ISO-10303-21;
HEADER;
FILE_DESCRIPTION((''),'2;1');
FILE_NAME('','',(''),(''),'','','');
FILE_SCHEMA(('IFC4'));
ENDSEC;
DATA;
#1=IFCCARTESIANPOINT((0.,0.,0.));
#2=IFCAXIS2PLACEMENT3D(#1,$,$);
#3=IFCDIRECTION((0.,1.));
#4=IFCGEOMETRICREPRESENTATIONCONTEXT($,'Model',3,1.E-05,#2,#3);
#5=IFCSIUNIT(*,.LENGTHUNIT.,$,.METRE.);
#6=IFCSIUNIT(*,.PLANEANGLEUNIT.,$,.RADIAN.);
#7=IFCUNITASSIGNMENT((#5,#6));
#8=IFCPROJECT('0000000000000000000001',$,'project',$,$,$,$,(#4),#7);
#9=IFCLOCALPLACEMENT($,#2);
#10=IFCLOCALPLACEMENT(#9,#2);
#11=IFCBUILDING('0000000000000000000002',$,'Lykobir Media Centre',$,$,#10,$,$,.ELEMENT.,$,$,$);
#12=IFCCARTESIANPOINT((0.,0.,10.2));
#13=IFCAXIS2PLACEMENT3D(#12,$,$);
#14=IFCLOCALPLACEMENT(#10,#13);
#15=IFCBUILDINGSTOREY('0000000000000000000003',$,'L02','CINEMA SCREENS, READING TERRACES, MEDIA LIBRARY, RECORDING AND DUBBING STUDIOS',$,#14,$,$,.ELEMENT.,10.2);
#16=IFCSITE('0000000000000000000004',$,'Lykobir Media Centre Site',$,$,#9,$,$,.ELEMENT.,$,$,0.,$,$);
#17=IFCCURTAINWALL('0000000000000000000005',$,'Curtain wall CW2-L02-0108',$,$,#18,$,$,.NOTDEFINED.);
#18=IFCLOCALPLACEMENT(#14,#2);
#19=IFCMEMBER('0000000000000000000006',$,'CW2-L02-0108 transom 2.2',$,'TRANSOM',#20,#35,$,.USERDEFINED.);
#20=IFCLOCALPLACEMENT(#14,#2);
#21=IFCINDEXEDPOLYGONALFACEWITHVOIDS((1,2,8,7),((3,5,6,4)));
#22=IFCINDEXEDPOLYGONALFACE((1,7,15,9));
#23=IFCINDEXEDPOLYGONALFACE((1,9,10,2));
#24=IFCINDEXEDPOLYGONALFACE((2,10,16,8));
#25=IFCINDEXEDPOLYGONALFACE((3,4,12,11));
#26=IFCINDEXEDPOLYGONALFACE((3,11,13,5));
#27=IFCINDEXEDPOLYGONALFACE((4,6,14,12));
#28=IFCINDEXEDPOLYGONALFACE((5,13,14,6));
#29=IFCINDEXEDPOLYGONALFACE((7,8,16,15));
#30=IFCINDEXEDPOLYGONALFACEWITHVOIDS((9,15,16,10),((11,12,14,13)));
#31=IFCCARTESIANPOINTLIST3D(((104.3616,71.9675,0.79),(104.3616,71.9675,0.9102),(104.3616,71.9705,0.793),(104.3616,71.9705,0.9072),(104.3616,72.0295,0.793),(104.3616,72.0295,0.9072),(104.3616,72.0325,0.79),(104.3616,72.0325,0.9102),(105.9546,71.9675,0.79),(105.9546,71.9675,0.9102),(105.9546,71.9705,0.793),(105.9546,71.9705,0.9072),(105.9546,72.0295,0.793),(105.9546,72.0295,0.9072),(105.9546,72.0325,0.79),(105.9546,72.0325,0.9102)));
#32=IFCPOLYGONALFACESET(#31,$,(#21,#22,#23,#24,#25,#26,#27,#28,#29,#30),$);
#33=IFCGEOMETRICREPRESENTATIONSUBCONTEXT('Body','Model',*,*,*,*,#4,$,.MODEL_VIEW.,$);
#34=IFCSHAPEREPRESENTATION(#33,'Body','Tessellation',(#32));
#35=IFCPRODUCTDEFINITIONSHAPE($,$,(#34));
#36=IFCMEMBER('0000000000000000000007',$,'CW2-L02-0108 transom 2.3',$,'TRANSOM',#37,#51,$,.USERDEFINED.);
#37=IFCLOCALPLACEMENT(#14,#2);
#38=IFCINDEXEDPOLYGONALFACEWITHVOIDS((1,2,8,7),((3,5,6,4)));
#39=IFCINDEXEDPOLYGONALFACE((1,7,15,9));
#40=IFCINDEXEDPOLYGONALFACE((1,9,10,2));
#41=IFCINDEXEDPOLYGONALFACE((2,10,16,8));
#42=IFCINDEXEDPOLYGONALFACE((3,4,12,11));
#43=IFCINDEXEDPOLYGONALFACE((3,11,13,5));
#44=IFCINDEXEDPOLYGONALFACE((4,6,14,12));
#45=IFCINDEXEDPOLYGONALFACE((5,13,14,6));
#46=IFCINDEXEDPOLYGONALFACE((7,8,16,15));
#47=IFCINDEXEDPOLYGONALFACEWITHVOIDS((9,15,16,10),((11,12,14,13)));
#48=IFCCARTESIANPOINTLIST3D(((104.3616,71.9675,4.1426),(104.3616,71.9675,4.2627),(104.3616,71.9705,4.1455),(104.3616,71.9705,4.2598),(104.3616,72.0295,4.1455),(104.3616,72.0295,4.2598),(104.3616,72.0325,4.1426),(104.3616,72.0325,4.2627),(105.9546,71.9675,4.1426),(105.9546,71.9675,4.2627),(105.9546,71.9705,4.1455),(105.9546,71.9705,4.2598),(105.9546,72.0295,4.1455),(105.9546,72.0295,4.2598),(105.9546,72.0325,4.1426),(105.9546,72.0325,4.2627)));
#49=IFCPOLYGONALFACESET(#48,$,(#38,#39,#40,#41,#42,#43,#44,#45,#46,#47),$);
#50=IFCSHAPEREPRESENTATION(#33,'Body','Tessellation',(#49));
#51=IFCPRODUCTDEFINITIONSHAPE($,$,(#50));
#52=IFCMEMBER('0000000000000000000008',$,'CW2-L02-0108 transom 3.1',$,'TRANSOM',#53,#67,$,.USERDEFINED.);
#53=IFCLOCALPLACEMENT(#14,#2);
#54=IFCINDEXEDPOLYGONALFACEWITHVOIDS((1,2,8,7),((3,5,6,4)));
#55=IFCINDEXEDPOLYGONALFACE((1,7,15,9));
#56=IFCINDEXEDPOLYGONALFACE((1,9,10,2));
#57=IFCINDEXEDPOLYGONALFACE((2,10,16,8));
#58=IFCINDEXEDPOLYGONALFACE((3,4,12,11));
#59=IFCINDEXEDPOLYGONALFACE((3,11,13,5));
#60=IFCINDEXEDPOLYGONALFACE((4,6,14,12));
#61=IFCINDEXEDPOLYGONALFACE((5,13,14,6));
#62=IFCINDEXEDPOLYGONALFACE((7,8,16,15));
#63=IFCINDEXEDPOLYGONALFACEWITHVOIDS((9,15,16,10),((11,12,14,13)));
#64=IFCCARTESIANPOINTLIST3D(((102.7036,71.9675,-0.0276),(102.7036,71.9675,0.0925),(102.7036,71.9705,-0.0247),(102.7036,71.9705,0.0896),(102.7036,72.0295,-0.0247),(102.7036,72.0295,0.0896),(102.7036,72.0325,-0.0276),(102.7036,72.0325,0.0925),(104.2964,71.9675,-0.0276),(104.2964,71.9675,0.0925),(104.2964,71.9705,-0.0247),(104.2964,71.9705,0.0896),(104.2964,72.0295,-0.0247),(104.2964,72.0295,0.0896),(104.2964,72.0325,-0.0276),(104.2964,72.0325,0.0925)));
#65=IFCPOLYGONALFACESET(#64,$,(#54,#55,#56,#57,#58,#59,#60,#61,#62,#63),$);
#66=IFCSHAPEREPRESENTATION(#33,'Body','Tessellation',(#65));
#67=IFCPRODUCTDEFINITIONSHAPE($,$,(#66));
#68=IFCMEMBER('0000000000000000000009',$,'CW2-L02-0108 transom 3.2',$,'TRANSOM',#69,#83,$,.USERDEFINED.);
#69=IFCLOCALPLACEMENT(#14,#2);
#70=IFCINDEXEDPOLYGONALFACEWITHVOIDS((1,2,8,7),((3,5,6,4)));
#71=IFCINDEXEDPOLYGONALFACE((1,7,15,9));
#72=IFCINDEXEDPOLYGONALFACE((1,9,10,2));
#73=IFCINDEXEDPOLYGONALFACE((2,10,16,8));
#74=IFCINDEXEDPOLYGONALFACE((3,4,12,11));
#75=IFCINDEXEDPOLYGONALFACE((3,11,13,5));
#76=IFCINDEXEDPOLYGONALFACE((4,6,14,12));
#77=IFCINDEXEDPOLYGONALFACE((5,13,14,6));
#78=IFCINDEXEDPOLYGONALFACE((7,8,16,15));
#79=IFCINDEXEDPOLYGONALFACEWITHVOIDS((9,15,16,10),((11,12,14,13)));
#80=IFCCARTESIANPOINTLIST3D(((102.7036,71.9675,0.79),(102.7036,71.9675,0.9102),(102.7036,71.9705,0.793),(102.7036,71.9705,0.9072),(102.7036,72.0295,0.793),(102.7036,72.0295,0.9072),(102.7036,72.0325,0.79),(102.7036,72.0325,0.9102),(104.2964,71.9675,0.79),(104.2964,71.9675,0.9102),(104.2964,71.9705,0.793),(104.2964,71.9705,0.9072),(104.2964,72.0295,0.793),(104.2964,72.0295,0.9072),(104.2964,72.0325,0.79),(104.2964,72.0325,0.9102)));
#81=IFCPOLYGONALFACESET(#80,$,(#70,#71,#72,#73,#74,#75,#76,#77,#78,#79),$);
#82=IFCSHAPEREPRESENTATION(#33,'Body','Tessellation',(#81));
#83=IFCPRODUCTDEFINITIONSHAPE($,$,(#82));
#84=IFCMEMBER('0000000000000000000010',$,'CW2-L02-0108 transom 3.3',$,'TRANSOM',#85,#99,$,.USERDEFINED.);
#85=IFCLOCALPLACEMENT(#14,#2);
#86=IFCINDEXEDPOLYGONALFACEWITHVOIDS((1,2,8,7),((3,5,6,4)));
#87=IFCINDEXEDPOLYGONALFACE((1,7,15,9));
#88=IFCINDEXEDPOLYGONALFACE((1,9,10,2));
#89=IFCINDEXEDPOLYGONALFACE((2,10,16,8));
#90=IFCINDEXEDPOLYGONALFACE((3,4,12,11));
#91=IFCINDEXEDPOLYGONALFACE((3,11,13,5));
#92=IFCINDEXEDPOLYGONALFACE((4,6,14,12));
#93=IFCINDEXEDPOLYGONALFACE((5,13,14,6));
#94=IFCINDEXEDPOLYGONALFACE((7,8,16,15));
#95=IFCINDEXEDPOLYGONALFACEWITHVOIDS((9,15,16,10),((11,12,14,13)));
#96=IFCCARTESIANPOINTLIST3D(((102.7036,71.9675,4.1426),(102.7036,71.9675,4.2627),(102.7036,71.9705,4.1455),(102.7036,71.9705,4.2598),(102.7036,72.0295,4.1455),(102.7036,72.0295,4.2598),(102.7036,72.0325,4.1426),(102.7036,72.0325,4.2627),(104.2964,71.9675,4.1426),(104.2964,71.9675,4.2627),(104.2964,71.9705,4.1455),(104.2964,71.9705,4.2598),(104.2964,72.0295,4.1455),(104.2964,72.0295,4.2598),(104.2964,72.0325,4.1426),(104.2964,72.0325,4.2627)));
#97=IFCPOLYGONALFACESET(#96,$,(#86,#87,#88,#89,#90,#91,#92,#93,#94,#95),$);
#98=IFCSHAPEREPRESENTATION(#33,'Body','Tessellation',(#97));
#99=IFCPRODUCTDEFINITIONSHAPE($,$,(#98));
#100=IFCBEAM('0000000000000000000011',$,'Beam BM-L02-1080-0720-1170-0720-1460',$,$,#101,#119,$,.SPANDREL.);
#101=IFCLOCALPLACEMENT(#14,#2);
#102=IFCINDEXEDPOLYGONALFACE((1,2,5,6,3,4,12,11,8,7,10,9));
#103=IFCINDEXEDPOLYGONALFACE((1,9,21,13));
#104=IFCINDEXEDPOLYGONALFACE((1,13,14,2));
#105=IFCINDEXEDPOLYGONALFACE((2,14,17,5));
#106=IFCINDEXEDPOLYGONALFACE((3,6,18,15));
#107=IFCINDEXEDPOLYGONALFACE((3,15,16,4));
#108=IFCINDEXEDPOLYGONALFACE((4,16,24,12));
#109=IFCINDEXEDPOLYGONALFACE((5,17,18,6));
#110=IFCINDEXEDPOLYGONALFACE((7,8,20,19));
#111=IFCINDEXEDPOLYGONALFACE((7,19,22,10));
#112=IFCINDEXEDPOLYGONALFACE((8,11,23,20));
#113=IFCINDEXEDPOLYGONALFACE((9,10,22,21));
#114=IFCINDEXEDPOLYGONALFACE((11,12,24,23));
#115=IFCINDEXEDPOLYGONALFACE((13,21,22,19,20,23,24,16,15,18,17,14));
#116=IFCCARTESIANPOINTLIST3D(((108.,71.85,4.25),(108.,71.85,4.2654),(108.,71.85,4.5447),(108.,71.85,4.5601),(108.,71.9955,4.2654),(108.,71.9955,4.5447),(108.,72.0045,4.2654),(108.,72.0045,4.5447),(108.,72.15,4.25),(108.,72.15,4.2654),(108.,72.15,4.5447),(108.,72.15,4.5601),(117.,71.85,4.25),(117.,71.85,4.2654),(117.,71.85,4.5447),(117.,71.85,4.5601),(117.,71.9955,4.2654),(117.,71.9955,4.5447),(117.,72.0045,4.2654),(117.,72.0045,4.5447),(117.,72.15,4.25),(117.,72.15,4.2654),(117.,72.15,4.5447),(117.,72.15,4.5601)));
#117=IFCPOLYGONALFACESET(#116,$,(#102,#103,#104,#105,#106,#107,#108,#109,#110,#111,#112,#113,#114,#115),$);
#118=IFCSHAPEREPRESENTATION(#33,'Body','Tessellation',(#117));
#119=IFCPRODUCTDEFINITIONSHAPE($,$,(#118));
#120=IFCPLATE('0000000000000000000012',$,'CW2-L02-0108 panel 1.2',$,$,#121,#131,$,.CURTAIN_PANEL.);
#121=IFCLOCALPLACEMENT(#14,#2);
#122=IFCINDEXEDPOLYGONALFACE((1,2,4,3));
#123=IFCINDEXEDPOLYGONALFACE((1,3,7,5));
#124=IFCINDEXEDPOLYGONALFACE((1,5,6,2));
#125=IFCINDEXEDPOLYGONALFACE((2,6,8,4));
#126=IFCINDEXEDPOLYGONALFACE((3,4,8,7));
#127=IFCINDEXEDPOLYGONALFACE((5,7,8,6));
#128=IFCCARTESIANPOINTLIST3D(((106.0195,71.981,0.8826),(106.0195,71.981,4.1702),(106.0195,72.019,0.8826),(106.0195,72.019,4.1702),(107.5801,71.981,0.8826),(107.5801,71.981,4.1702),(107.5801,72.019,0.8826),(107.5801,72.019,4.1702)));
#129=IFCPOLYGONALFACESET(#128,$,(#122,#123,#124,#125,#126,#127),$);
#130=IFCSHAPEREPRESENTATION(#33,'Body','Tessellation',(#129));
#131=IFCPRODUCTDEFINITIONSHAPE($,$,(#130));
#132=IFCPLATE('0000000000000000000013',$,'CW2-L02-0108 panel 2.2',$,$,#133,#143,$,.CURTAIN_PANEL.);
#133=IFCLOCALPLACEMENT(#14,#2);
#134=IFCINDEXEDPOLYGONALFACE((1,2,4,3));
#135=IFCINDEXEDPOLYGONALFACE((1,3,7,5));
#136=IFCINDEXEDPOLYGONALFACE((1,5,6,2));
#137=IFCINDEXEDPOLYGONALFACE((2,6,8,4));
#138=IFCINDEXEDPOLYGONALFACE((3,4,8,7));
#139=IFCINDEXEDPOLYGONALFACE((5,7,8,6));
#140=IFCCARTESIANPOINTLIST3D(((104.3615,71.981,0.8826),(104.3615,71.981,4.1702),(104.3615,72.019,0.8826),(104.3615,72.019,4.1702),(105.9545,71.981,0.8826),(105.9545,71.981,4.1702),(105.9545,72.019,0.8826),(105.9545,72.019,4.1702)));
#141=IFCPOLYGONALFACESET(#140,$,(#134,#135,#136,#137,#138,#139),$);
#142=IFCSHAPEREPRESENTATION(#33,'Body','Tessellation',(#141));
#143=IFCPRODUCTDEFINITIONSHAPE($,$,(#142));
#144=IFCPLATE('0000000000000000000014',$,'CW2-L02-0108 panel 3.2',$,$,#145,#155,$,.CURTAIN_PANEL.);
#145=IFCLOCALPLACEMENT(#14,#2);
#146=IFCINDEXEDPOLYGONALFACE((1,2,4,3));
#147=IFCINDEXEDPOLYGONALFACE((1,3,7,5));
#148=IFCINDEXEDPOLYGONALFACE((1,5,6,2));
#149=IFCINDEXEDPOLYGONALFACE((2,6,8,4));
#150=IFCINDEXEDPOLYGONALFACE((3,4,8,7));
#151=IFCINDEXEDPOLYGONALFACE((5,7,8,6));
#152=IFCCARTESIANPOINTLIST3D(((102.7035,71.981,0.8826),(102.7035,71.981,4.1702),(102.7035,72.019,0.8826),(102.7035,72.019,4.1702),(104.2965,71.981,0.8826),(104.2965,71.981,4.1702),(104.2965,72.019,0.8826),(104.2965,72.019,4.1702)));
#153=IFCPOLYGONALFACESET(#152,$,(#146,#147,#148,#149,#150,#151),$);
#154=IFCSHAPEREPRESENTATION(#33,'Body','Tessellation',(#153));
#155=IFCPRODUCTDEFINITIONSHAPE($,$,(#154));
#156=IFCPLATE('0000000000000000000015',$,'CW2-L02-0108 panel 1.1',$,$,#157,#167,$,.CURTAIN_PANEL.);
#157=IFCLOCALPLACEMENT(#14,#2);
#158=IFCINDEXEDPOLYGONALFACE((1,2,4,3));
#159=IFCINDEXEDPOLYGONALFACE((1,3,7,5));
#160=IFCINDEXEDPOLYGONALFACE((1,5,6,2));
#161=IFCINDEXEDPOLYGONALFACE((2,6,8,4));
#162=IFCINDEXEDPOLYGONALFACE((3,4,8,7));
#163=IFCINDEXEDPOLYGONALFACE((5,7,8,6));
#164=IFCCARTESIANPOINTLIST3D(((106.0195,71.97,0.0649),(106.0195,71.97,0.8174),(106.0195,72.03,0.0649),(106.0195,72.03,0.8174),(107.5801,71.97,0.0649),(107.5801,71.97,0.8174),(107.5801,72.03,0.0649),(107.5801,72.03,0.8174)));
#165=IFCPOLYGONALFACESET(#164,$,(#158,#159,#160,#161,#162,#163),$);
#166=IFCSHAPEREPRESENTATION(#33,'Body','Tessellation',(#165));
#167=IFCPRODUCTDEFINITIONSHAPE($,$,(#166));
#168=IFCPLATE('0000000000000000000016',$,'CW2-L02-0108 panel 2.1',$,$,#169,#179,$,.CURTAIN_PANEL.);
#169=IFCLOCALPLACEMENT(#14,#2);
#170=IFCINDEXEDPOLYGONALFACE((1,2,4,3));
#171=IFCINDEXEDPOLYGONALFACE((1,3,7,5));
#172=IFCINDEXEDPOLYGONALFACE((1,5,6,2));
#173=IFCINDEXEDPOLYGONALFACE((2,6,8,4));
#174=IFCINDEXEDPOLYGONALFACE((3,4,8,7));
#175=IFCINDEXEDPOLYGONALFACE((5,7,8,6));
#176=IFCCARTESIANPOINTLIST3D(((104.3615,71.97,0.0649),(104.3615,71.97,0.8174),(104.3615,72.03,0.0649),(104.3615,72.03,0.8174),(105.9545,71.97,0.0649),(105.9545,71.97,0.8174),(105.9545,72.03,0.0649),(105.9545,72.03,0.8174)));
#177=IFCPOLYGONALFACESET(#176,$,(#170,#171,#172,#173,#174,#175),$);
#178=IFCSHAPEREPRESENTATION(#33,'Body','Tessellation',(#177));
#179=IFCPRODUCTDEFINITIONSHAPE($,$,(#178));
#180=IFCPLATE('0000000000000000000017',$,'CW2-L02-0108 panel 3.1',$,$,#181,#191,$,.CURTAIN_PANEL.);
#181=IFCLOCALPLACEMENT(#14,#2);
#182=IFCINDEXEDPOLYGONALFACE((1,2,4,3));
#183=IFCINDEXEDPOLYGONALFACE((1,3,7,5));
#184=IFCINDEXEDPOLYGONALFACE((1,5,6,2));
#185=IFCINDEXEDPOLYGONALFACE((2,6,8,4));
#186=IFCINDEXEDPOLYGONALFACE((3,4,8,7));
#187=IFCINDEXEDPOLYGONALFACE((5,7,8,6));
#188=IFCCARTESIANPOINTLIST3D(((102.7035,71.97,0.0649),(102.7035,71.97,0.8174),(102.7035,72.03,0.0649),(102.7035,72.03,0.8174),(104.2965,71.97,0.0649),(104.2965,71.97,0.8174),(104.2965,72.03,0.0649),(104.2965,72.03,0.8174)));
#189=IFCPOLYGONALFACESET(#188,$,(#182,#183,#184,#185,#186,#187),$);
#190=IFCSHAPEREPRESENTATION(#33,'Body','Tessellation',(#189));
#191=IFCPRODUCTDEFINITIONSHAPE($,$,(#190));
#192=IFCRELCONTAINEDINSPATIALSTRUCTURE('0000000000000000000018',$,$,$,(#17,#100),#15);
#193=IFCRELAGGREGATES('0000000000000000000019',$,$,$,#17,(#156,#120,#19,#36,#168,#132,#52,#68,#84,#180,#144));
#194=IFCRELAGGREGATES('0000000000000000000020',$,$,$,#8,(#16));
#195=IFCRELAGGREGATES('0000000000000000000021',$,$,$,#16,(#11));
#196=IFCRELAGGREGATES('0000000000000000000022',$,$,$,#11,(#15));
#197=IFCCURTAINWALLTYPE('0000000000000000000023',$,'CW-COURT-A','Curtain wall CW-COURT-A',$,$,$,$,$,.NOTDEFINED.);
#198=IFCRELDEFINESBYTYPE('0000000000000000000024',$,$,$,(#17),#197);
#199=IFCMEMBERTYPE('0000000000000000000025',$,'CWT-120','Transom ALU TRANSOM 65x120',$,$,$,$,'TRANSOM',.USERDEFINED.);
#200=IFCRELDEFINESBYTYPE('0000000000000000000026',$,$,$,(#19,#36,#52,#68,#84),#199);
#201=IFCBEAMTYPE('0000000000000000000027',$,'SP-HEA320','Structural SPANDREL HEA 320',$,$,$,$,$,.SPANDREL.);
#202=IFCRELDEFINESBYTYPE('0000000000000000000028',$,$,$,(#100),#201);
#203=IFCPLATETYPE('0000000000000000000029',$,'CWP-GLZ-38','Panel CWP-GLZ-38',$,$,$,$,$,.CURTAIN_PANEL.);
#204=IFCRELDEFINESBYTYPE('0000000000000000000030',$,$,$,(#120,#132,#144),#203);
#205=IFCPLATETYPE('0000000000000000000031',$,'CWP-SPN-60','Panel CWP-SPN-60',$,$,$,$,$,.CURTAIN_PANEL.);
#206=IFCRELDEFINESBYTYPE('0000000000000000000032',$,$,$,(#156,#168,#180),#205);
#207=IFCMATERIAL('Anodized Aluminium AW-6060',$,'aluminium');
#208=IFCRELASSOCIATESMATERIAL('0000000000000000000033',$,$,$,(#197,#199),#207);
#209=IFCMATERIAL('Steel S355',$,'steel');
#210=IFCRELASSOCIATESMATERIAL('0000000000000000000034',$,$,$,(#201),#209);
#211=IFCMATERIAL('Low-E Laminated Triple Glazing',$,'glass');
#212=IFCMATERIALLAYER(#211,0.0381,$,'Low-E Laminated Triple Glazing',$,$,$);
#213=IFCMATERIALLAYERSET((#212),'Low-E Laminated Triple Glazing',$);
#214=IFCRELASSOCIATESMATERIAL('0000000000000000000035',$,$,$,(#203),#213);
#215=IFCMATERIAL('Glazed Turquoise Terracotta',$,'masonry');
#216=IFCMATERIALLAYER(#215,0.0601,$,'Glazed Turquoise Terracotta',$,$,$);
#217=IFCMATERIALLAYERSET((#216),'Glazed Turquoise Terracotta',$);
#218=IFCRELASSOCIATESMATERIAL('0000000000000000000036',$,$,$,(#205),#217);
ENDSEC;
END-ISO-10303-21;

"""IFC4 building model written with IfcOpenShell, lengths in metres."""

from ifc_helpers import new_model, si_unit, direction, frame, origin, origin_2d, place, context, subcontext, project, spatial, rectangle, hollow_rectangle, i_section, extrude, material, layer, layer_set, material_profile, profile_set, type_object, element, aggregate, save


model = new_model("IFC4")

# Units and contexts
model_context = context("Model", 3, precision=1e-05, world=origin(), true_north=direction((0.0, 1.0)))
body_context = subcontext(model_context, "Body", "Model", "MODEL_VIEW")
ifc_project = project(units=[si_unit("LENGTHUNIT", "METRE"), si_unit("PLANEANGLEUNIT", "RADIAN")], contexts=[model_context])

# Site, building, storey
site_placement = place(None, origin())
site = spatial("IfcSite", under=ifc_project, at=site_placement, Name="Lykobir Media Centre Site", CompositionType="ELEMENT", RefElevation=0.0)
building_placement = place(site_placement, origin())
building = spatial("IfcBuilding", under=site, at=building_placement, Name="Lykobir Media Centre", CompositionType="ELEMENT")
storey_placement = place(building_placement, frame((0.0, 0.0, 10.2)))
storey = spatial("IfcBuildingStorey", under=building, at=storey_placement, Name="L02", Description="CINEMA SCREENS, READING TERRACES, MEDIA LIBRARY, RECORDING AND DUBBING STUDIOS", CompositionType="ELEMENT", Elevation=10.2)

# Shared definitions
ifc_material_1 = material(Name="Steel S355", Category="steel")

# Curtain wall, members
ifc_material_2 = material(Name="Anodized Aluminium AW-6060", Category="aluminium")
curtain_wall_type = type_object("IfcCurtainWallType", Name="CW-COURT-A", Description="Curtain wall CW-COURT-A", PredefinedType="NOTDEFINED", material=ifc_material_2)
curtain_wall_placement = place(storey_placement, origin())
curtain_wall = element("IfcCurtainWall", 1, at=curtain_wall_placement, inside=storey, type_object=curtain_wall_type, Name="Curtain wall CW2-L02-0108", PredefinedType="NOTDEFINED")
ifc_material_profile_1 = material_profile(ifc_material_2, hollow_rectangle(XDim=0.0649, YDim=0.1201, WallThickness=0.0029, at=origin_2d()), Name="ALU TRANSOM 65x120")
ifc_profile_set_1 = profile_set([ifc_material_profile_1], Name="Anodized Aluminium AW-6060")
member_type_1 = type_object("IfcMemberType", Name="CWT-120", Description="Transom ALU TRANSOM 65x120", ElementType="TRANSOM", PredefinedType="USERDEFINED", material=ifc_profile_set_1)
member_1_placement = place(storey_placement, frame((105.9546, 72.0, 0.8501), z_axis=(-1.0, 0.0, 0.0), x_axis=(0.0, -1.0, 0.0)))
member_1 = element("IfcMember", 2, at=member_1_placement, type_object=member_type_1, Name="CW2-L02-0108 transom 2.2", ObjectType="TRANSOM", PredefinedType="USERDEFINED", context=body_context, shape_type="SweptSolid", body=[
    extrude(hollow_rectangle(XDim=0.0649, YDim=0.1201, WallThickness=0.0029, at=origin_2d()), origin(), (0.0, 0.0, 1.0), 1.593),
])
member_2_placement = place(storey_placement, frame((105.9546, 72.0, 4.2026), z_axis=(-1.0, 0.0, 0.0), x_axis=(0.0, -1.0, 0.0)))
member_2 = element("IfcMember", 3, at=member_2_placement, type_object=member_type_1, Name="CW2-L02-0108 transom 2.3", ObjectType="TRANSOM", PredefinedType="USERDEFINED", context=body_context, shape_type="SweptSolid", body=[
    extrude(hollow_rectangle(XDim=0.0649, YDim=0.1201, WallThickness=0.0029, at=origin_2d()), origin(), (0.0, 0.0, 1.0), 1.593),
])
member_3_placement = place(storey_placement, frame((104.2964, 72.0, 0.0325), z_axis=(-1.0, 0.0, 0.0), x_axis=(0.0, -1.0, 0.0)))
member_3 = element("IfcMember", 4, at=member_3_placement, type_object=member_type_1, Name="CW2-L02-0108 transom 3.1", ObjectType="TRANSOM", PredefinedType="USERDEFINED", context=body_context, shape_type="SweptSolid", body=[
    extrude(hollow_rectangle(XDim=0.0649, YDim=0.1201, WallThickness=0.0029, at=origin_2d()), origin(), (0.0, 0.0, 1.0), 1.5928),
])
member_4_placement = place(storey_placement, frame((104.2964, 72.0, 0.8501), z_axis=(-1.0, 0.0, 0.0), x_axis=(0.0, -1.0, 0.0)))
member_4 = element("IfcMember", 5, at=member_4_placement, type_object=member_type_1, Name="CW2-L02-0108 transom 3.2", ObjectType="TRANSOM", PredefinedType="USERDEFINED", context=body_context, shape_type="SweptSolid", body=[
    extrude(hollow_rectangle(XDim=0.0649, YDim=0.1201, WallThickness=0.0029, at=origin_2d()), origin(), (0.0, 0.0, 1.0), 1.5928),
])
member_5_placement = place(storey_placement, frame((104.2964, 72.0, 4.2026), z_axis=(-1.0, 0.0, 0.0), x_axis=(0.0, -1.0, 0.0)))
member_5 = element("IfcMember", 6, at=member_5_placement, type_object=member_type_1, Name="CW2-L02-0108 transom 3.3", ObjectType="TRANSOM", PredefinedType="USERDEFINED", context=body_context, shape_type="SweptSolid", body=[
    extrude(hollow_rectangle(XDim=0.0649, YDim=0.1201, WallThickness=0.0029, at=origin_2d()), origin(), (0.0, 0.0, 1.0), 1.5928),
])

# Beam
ifc_material_profile_2 = material_profile(ifc_material_1, i_section(OverallWidth=0.3, OverallDepth=0.3101, WebThickness=0.009, FlangeThickness=0.0154, at=origin_2d()), Name="HEA 320")
ifc_profile_set_2 = profile_set([ifc_material_profile_2], Name="Steel S355")
beam_type_1 = type_object("IfcBeamType", Name="SP-HEA320", Description="Structural SPANDREL HEA 320", PredefinedType="SPANDREL", material=ifc_profile_set_2)
beam_1_placement = place(storey_placement, frame((108.0, 72.0, 4.405), z_axis=(1.0, 0.0, 0.0), x_axis=(0.0, 1.0, 0.0)))
element("IfcBeam", 7, at=beam_1_placement, inside=storey, type_object=beam_type_1, Name="Beam BM-L02-1080-0720-1170-0720-1460", PredefinedType="SPANDREL", context=body_context, shape_type="SweptSolid", body=[
    extrude(i_section(OverallWidth=0.3, OverallDepth=0.3101, WebThickness=0.009, FlangeThickness=0.0154, at=origin_2d()), origin(), (0.0, 0.0, 1.0), 9.0),
])

# Plates
ifc_material_3 = material(Name="Low-E Laminated Triple Glazing", Category="glass")
ifc_layer_1 = layer(ifc_material_3, 0.0381, Name="Low-E Laminated Triple Glazing")
ifc_layer_set_1 = layer_set([ifc_layer_1], Name="Low-E Laminated Triple Glazing")
plate_type_1 = type_object("IfcPlateType", Name="CWP-GLZ-38", Description="Panel CWP-GLZ-38", PredefinedType="CURTAIN_PANEL", material=ifc_layer_set_1)
plate_1_placement = place(storey_placement, frame((106.7998, 72.0, 0.8826), z_axis=(0.0, 0.0, 1.0), x_axis=(-1.0, 0.0, 0.0)))
plate_1 = element("IfcPlate", 8, at=plate_1_placement, type_object=plate_type_1, Name="CW2-L02-0108 panel 1.2", PredefinedType="CURTAIN_PANEL", context=body_context, shape_type="SweptSolid", body=[
    extrude(rectangle(XDim=1.5605, YDim=0.0381, at=origin_2d()), origin(), (0.0, 0.0, 1.0), 3.2876),
])
plate_2_placement = place(storey_placement, frame((105.158, 72.0, 0.8826), z_axis=(0.0, 0.0, 1.0), x_axis=(-1.0, 0.0, 0.0)))
plate_2 = element("IfcPlate", 9, at=plate_2_placement, type_object=plate_type_1, Name="CW2-L02-0108 panel 2.2", PredefinedType="CURTAIN_PANEL", context=body_context, shape_type="SweptSolid", body=[
    extrude(rectangle(XDim=1.593, YDim=0.0381, at=origin_2d()), origin(), (0.0, 0.0, 1.0), 3.2876),
])
plate_3_placement = place(storey_placement, frame((103.5, 72.0, 0.8826), z_axis=(0.0, 0.0, 1.0), x_axis=(-1.0, 0.0, 0.0)))
plate_3 = element("IfcPlate", 10, at=plate_3_placement, type_object=plate_type_1, Name="CW2-L02-0108 panel 3.2", PredefinedType="CURTAIN_PANEL", context=body_context, shape_type="SweptSolid", body=[
    extrude(rectangle(XDim=1.593, YDim=0.0381, at=origin_2d()), origin(), (0.0, 0.0, 1.0), 3.2876),
])
ifc_material_4 = material(Name="Glazed Turquoise Terracotta", Category="masonry")
ifc_layer_2 = layer(ifc_material_4, 0.0601, Name="Glazed Turquoise Terracotta")
ifc_layer_set_2 = layer_set([ifc_layer_2], Name="Glazed Turquoise Terracotta")
plate_type_2 = type_object("IfcPlateType", Name="CWP-SPN-60", Description="Panel CWP-SPN-60", PredefinedType="CURTAIN_PANEL", material=ifc_layer_set_2)
plate_4_placement = place(storey_placement, frame((106.7998, 72.0, 0.0649), z_axis=(0.0, 0.0, 1.0), x_axis=(-1.0, 0.0, 0.0)))
plate_4 = element("IfcPlate", 11, at=plate_4_placement, type_object=plate_type_2, Name="CW2-L02-0108 panel 1.1", PredefinedType="CURTAIN_PANEL", context=body_context, shape_type="SweptSolid", body=[
    extrude(rectangle(XDim=1.5605, YDim=0.0601, at=origin_2d()), origin(), (0.0, 0.0, 1.0), 0.7524),
])
plate_5_placement = place(storey_placement, frame((105.158, 72.0, 0.0649), z_axis=(0.0, 0.0, 1.0), x_axis=(-1.0, 0.0, 0.0)))
plate_5 = element("IfcPlate", 12, at=plate_5_placement, type_object=plate_type_2, Name="CW2-L02-0108 panel 2.1", PredefinedType="CURTAIN_PANEL", context=body_context, shape_type="SweptSolid", body=[
    extrude(rectangle(XDim=1.593, YDim=0.0601, at=origin_2d()), origin(), (0.0, 0.0, 1.0), 0.7524),
])
plate_6_placement = place(storey_placement, frame((103.5, 72.0, 0.0649), z_axis=(0.0, 0.0, 1.0), x_axis=(-1.0, 0.0, 0.0)))
plate_6 = element("IfcPlate", 13, at=plate_6_placement, type_object=plate_type_2, Name="CW2-L02-0108 panel 3.1", PredefinedType="CURTAIN_PANEL", context=body_context, shape_type="SweptSolid", body=[
    extrude(rectangle(XDim=1.593, YDim=0.0601, at=origin_2d()), origin(), (0.0, 0.0, 1.0), 0.7524),
])
aggregate(curtain_wall, [plate_4, plate_1, member_1, member_2, plate_5, plate_2, member_3, member_4, member_5, plate_6, plate_3])

save(model, "model.ifc")
